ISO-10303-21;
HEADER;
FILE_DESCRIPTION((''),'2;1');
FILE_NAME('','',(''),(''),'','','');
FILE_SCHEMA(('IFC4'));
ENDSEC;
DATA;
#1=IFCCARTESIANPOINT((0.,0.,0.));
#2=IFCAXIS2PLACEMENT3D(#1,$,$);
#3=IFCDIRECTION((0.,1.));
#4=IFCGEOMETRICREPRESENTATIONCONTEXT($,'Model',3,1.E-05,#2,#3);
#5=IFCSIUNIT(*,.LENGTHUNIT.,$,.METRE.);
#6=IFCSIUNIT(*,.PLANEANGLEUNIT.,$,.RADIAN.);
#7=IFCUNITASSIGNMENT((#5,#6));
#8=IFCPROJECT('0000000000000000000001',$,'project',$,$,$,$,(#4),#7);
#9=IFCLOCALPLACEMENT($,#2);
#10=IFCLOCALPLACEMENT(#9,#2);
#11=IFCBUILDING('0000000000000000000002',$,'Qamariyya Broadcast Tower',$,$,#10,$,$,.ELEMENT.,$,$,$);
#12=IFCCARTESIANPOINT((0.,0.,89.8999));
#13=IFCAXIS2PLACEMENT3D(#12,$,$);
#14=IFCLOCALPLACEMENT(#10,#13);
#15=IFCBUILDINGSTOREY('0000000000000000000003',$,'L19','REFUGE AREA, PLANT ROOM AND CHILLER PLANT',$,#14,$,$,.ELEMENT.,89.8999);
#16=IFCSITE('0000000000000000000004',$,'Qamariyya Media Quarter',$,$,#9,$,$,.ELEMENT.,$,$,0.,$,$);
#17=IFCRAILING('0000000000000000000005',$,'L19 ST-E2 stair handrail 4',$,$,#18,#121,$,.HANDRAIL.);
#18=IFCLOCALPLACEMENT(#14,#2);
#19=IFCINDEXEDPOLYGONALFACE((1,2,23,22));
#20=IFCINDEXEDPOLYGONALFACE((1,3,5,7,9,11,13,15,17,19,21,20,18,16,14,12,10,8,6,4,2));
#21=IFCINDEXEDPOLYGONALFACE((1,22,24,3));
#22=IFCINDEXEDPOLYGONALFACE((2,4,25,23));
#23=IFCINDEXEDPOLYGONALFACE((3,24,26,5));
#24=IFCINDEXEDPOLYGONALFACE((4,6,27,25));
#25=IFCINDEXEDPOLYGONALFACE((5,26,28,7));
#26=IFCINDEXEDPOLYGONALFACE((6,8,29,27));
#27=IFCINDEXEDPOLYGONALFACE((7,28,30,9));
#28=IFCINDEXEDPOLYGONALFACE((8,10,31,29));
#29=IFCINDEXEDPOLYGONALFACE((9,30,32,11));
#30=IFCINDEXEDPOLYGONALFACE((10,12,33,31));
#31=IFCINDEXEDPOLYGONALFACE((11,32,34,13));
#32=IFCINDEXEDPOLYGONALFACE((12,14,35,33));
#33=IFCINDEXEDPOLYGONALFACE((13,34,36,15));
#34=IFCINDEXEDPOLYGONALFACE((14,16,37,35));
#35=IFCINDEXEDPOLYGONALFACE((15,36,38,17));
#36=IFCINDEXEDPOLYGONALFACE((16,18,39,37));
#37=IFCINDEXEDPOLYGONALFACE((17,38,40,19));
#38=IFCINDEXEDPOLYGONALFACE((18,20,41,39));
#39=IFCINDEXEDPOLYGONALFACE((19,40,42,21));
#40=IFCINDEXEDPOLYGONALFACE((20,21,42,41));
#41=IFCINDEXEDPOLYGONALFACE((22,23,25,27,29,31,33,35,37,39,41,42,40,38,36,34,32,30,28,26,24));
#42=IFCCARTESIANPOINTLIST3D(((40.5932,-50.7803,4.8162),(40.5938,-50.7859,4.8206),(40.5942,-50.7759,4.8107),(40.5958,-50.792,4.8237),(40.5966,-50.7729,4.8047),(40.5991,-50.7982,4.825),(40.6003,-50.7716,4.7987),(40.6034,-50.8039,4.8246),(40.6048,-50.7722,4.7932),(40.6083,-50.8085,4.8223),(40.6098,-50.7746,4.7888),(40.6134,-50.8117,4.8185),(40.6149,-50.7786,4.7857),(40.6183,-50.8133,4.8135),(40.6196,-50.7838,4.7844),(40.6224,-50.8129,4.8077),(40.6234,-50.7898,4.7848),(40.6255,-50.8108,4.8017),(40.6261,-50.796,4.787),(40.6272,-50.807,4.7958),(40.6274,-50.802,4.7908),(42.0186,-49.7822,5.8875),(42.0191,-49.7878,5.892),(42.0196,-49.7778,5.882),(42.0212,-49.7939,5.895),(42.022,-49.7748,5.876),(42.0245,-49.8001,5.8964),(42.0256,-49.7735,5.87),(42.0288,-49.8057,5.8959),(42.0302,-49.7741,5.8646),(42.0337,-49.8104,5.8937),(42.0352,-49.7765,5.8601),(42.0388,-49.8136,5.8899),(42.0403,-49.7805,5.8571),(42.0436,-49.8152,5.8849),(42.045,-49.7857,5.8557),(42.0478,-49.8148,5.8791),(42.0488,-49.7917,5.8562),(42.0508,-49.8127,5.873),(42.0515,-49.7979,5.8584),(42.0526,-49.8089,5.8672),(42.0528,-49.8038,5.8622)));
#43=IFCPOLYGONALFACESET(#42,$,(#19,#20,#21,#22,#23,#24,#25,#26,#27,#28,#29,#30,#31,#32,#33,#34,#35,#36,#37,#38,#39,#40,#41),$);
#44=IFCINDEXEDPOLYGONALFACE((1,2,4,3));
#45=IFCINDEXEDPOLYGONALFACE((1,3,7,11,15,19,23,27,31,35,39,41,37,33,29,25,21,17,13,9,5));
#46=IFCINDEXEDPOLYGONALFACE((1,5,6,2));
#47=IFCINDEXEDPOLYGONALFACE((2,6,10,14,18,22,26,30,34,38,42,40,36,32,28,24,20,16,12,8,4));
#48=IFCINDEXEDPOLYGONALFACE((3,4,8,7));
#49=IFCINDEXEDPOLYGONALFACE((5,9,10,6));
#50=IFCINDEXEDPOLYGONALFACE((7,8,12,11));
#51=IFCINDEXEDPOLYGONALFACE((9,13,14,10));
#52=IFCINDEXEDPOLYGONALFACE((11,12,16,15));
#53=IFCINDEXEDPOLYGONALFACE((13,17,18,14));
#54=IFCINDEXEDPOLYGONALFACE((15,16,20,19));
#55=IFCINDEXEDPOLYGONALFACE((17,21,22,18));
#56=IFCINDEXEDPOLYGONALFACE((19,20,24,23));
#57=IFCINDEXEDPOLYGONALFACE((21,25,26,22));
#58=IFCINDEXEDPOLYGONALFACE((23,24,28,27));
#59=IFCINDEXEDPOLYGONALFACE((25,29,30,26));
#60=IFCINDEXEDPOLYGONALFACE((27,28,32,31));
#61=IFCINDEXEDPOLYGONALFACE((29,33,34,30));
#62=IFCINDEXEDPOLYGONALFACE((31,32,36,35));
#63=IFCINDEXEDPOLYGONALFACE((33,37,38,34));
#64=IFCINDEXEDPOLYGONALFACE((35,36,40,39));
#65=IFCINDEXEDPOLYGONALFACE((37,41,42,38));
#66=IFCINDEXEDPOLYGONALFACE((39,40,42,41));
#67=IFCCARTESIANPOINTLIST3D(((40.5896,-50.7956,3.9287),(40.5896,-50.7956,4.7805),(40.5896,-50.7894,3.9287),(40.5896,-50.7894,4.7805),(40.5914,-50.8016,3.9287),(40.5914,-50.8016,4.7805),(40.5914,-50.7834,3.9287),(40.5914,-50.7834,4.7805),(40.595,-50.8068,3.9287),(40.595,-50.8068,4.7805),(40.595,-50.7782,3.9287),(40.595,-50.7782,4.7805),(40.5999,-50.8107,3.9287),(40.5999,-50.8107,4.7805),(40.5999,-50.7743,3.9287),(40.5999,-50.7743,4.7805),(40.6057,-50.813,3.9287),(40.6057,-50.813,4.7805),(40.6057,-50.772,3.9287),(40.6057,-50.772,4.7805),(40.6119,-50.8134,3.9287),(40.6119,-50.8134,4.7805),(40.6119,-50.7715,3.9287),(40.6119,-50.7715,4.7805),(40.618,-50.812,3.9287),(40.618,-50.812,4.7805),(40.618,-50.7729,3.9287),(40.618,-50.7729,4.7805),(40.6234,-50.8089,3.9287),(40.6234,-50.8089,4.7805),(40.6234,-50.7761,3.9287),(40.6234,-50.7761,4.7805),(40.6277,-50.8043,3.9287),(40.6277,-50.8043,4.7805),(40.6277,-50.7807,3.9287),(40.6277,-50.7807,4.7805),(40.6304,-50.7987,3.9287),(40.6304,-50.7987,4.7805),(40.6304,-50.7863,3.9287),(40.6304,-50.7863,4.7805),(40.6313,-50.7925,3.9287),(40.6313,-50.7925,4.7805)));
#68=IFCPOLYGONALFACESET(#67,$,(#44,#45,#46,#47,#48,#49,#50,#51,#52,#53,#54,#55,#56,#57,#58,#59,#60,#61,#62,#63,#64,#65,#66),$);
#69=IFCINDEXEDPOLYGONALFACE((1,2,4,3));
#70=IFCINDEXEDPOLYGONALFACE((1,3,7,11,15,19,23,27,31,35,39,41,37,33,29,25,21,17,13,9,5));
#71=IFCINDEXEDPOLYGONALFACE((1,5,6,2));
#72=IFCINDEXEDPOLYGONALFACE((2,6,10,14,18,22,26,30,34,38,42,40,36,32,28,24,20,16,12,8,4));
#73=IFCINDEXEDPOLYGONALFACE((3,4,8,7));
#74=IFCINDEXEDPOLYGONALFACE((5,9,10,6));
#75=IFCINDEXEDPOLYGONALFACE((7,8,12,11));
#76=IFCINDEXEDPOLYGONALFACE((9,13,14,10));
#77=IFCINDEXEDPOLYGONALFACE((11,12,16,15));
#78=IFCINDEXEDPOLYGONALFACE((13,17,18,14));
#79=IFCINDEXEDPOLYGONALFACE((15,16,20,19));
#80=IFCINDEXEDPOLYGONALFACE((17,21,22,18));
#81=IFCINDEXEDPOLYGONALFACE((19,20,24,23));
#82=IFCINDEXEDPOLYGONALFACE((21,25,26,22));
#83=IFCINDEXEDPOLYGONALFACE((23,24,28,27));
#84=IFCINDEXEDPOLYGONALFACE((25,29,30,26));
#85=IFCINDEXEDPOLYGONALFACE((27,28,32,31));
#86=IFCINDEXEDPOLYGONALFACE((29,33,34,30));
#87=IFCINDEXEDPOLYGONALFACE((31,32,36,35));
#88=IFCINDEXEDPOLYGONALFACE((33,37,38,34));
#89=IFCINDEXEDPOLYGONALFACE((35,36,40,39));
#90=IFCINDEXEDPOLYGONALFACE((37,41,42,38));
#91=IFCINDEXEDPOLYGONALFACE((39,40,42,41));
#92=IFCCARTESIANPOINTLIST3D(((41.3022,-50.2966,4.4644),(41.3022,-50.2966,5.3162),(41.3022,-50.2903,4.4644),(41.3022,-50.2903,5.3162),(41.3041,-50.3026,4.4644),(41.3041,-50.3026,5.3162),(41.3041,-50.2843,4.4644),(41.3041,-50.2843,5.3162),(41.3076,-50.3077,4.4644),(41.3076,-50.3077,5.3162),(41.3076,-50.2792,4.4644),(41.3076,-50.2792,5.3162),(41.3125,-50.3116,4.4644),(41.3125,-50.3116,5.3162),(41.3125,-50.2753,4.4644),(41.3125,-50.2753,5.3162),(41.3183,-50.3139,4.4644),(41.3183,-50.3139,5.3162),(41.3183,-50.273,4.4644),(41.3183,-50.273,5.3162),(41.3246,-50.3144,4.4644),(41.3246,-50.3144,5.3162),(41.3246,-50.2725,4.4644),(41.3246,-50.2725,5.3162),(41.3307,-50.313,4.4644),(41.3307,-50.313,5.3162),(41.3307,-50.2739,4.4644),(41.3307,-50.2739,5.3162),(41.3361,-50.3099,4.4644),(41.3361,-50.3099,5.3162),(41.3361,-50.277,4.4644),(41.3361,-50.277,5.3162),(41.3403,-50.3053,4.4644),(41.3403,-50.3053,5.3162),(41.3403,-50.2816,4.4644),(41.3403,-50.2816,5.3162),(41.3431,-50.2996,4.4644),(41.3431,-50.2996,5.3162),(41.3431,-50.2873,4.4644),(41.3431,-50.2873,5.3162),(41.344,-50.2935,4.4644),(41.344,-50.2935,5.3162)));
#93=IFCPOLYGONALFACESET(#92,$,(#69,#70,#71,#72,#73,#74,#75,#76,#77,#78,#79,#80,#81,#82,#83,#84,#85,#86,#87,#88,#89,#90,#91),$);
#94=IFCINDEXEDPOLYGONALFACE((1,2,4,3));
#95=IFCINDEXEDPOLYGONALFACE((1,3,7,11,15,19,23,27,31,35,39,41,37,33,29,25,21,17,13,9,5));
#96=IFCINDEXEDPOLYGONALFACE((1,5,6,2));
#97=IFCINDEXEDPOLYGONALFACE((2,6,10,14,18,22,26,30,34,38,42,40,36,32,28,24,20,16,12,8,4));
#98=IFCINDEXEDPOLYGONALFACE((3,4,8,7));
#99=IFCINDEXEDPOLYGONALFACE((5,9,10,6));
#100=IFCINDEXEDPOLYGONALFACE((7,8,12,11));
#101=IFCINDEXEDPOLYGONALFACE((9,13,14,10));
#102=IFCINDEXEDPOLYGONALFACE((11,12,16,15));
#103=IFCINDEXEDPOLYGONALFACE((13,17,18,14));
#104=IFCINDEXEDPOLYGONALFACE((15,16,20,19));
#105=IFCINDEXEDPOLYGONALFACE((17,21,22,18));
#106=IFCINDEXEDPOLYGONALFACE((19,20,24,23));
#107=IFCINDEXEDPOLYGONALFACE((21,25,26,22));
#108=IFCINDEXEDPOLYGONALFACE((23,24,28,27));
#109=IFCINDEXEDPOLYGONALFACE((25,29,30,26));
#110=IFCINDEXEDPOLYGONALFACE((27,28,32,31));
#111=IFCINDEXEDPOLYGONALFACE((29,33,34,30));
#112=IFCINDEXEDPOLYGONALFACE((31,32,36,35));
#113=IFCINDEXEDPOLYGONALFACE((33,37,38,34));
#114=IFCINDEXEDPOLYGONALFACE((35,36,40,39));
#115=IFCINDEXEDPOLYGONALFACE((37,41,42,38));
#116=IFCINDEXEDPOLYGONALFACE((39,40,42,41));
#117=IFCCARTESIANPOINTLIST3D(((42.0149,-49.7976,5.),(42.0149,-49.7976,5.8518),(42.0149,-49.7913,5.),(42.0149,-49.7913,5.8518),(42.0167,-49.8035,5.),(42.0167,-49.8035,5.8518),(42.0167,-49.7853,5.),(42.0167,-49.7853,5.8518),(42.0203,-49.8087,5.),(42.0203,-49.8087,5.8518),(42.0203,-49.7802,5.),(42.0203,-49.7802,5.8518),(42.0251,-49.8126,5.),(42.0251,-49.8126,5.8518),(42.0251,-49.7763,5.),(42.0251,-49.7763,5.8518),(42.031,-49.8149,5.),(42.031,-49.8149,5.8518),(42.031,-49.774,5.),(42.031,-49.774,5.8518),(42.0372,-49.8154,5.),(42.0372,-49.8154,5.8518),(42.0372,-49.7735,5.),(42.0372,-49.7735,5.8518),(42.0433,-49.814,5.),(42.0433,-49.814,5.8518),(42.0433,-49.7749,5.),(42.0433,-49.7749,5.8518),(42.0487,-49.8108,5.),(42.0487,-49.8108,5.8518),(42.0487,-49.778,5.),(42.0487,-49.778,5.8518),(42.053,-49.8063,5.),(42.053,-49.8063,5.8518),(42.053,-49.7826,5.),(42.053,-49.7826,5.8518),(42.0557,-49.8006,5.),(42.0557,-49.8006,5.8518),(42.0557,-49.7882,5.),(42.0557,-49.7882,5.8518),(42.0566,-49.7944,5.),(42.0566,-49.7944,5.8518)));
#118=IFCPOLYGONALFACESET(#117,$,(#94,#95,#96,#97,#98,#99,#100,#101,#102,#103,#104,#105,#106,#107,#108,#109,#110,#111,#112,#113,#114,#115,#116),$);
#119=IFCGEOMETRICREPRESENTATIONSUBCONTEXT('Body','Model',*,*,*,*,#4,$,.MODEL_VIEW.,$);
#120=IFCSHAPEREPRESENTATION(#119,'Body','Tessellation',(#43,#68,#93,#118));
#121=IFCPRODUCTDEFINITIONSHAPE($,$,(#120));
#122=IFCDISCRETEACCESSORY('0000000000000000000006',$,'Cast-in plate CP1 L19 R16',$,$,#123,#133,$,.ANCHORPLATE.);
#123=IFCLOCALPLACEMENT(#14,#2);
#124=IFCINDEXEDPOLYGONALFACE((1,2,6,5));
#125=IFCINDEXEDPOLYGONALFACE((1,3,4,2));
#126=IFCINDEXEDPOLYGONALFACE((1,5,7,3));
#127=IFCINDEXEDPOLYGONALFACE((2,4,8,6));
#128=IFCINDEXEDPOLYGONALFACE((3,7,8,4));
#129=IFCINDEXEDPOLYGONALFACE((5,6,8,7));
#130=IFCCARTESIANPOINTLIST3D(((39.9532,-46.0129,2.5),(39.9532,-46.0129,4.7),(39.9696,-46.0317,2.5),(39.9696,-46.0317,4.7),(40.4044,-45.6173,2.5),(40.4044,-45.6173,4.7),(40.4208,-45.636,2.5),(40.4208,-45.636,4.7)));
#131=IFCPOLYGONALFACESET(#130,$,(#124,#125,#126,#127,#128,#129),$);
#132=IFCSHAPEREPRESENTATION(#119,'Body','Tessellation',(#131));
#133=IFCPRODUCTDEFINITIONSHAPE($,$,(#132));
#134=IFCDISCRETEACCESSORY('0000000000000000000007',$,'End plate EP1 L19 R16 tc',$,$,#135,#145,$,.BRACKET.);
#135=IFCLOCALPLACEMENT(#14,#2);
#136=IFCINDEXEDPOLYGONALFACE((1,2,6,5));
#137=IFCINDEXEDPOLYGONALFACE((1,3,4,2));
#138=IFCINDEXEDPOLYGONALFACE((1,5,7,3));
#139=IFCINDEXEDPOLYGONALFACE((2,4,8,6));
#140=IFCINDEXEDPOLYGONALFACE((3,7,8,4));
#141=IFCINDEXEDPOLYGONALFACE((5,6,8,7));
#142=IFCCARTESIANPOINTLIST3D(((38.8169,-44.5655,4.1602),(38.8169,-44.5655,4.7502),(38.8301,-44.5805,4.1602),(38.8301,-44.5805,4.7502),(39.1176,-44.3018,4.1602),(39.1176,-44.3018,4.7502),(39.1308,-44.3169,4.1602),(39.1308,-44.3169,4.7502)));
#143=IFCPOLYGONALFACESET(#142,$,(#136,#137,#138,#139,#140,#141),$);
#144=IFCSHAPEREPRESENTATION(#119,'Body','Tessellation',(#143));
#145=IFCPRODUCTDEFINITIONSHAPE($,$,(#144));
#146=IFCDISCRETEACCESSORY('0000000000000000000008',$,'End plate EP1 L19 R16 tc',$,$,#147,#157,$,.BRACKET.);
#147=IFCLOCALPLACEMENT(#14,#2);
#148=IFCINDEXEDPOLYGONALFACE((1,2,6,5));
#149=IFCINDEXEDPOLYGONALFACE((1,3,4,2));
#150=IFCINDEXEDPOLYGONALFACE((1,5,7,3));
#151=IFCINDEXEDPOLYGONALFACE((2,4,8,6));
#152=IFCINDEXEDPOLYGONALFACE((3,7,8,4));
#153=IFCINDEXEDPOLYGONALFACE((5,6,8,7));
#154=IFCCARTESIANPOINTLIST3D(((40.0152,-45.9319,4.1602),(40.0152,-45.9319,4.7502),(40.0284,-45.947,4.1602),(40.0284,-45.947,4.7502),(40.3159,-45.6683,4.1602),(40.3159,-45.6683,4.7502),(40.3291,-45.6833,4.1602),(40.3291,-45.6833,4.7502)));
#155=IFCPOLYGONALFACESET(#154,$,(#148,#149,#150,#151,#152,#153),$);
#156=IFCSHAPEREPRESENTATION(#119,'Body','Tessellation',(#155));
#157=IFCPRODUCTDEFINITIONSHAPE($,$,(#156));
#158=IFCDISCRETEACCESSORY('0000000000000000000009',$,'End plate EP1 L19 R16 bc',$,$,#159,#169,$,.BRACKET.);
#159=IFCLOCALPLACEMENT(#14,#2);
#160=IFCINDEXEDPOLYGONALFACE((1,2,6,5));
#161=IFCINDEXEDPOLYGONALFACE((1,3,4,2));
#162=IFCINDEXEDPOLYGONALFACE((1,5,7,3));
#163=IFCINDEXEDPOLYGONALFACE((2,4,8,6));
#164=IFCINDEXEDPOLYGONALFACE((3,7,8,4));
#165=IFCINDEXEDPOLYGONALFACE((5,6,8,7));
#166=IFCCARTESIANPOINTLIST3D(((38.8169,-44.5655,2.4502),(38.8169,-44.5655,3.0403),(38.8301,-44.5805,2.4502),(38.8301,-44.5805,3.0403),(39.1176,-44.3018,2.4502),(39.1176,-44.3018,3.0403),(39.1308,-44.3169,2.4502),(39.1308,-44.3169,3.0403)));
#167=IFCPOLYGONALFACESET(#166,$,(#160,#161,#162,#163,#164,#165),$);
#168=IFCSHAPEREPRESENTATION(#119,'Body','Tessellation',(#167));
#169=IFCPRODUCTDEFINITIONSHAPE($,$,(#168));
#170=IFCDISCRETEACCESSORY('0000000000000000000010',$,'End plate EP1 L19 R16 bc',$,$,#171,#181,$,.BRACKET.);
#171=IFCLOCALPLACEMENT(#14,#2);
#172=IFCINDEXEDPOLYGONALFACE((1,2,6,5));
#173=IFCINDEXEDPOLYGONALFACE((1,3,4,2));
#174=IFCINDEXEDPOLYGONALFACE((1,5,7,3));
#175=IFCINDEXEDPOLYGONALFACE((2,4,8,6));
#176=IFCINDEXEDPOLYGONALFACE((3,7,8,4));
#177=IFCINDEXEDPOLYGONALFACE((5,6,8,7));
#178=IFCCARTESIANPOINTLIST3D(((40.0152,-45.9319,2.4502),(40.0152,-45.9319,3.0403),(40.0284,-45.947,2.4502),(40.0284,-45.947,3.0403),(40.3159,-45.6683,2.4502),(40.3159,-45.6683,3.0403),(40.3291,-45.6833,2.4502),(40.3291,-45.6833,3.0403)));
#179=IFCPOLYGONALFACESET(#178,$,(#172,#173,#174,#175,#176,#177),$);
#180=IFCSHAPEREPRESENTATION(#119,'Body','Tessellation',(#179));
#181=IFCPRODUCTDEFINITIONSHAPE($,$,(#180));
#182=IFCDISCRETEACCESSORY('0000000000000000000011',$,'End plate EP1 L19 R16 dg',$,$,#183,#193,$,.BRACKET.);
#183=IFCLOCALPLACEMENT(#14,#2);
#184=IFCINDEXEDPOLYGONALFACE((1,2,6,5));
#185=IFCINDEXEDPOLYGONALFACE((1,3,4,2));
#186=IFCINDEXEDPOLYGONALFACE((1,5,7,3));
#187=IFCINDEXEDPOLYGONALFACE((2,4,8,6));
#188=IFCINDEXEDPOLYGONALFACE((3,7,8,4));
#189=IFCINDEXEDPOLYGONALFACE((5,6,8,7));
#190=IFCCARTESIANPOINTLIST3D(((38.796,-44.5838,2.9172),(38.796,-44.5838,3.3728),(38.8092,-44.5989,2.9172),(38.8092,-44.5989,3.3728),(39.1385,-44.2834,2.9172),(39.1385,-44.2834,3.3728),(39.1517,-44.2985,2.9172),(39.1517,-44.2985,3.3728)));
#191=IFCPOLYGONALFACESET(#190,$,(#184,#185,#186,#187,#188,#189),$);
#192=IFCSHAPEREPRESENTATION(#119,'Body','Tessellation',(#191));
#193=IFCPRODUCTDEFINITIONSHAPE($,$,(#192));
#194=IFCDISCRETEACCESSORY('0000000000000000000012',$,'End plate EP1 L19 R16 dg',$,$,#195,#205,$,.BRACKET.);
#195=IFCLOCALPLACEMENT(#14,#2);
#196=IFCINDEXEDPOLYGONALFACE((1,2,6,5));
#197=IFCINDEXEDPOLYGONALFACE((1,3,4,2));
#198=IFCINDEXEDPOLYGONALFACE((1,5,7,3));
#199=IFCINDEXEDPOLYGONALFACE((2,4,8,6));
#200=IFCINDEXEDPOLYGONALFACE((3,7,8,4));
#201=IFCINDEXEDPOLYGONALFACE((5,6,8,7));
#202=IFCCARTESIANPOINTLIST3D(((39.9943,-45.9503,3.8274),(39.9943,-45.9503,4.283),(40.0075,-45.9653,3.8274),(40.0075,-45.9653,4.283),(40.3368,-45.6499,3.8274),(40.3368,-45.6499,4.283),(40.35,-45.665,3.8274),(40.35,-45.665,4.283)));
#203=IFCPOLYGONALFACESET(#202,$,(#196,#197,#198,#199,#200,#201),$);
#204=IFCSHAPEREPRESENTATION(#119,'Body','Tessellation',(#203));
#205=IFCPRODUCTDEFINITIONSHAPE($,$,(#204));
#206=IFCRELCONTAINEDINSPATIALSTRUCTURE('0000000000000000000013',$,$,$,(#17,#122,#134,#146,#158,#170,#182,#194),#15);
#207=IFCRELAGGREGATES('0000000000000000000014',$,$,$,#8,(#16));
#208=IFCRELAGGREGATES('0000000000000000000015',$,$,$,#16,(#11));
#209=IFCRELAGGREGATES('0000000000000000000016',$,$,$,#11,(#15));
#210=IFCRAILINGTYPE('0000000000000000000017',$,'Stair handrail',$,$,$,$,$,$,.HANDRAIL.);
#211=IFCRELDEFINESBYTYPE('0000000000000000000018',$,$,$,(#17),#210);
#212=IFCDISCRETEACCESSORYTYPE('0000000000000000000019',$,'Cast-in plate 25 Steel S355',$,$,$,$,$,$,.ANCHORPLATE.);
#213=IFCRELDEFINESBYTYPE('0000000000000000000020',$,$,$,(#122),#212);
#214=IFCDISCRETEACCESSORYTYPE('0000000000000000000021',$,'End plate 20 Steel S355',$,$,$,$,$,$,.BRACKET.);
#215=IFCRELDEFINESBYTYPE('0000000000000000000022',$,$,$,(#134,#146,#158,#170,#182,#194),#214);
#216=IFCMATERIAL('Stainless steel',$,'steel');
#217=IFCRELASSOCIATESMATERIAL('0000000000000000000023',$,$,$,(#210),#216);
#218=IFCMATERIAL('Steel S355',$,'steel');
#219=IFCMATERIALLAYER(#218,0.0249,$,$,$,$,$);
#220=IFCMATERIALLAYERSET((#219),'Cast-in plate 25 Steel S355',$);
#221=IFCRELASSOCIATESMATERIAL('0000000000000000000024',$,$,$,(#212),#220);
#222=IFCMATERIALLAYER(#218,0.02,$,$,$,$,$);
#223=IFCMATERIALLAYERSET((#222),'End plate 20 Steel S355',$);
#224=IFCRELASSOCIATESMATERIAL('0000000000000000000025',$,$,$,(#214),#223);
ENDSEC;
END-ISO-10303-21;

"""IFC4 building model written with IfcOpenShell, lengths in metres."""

from ifc_helpers import new_model, si_unit, direction, frame, origin, origin_2d, place, context, subcontext, project, spatial, rectangle, circle, extrude, material, layer, layer_set, type_object, element, save


model = new_model("IFC4")

# Units and contexts
model_context = context("Model", 3, precision=1e-05, world=origin(), true_north=direction((0.0, 1.0)))
body_context = subcontext(model_context, "Body", "Model", "MODEL_VIEW")
ifc_project = project(units=[si_unit("LENGTHUNIT", "METRE"), si_unit("PLANEANGLEUNIT", "RADIAN")], contexts=[model_context])

# Site, building, storey
site_placement = place(None, origin())
site = spatial("IfcSite", under=ifc_project, at=site_placement, Name="Qamariyya Media Quarter", CompositionType="ELEMENT", RefElevation=0.0)
building_placement = place(site_placement, origin())
building = spatial("IfcBuilding", under=site, at=building_placement, Name="Qamariyya Broadcast Tower", CompositionType="ELEMENT")
storey_placement = place(building_placement, frame((0.0, 0.0, 89.8999)))
storey = spatial("IfcBuildingStorey", under=building, at=storey_placement, Name="L19", Description="REFUGE AREA, PLANT ROOM AND CHILLER PLANT", CompositionType="ELEMENT", Elevation=89.8999)

# Shared definitions
ifc_material_1 = material(Name="Steel S355", Category="steel")

# Railing
ifc_material_2 = material(Name="Stainless steel", Category="steel")
railing_type_1 = type_object("IfcRailingType", Name="Stair handrail", PredefinedType="HANDRAIL", material=ifc_material_2)
railing_1_placement = place(storey_placement, frame((40.6104, -50.7925, 3.9287)))
element("IfcRailing", 1, at=railing_1_placement, inside=storey, type_object=railing_type_1, Name="L19 ST-E2 stair handrail 4", PredefinedType="HANDRAIL", context=body_context, shape_type="SweptSolid", body=[
    extrude(circle(Radius=0.0239, at=origin_2d()), frame((0.0, 0.0, 0.876), z_axis=(0.697533, 0.48844, 0.524285), x_axis=(-0.573594, 0.81914, 0.0)), (0.0, 0.0, 1.0), 2.0435),
    extrude(circle(Radius=0.021, at=origin_2d()), origin(), (0.0, 0.0, 1.0), 0.8518),
    extrude(circle(Radius=0.021, at=origin_2d()), frame((0.7126, 0.499, 0.5356)), (0.0, 0.0, 1.0), 0.8518),
    extrude(circle(Radius=0.021, at=origin_2d()), frame((1.4253, 0.998, 1.0713)), (0.0, 0.0, 1.0), 0.8518),
])

# Discrete accessories
ifc_layer_1 = layer(ifc_material_1, 0.0249)
ifc_layer_set_1 = layer_set([ifc_layer_1], Name="Cast-in plate 25 Steel S355")
discrete_accessory_type_1 = type_object("IfcDiscreteAccessoryType", Name="Cast-in plate 25 Steel S355", PredefinedType="ANCHORPLATE", material=ifc_layer_set_1)
discrete_accessory_placement = place(storey_placement, frame((40.187, -45.8245, 2.5), z_axis=(0.0, 0.0, 1.0), x_axis=(-0.75184, -0.659346, 0.0)))
element("IfcDiscreteAccessory", 2, at=discrete_accessory_placement, inside=storey, type_object=discrete_accessory_type_1, Name="Cast-in plate CP1 L19 R16", PredefinedType="ANCHORPLATE", context=body_context, shape_type="SweptSolid", body=[
    extrude(rectangle(XDim=0.6001, YDim=0.0249, at=origin_2d()), origin(), (0.0, 0.0, 1.0), 2.2),
])
ifc_layer_2 = layer(ifc_material_1, 0.02)
ifc_layer_set_2 = layer_set([ifc_layer_2], Name="End plate 20 Steel S355")
discrete_accessory_type_2 = type_object("IfcDiscreteAccessoryType", Name="End plate 20 Steel S355", PredefinedType="BRACKET", material=ifc_layer_set_2)
for number, where, z_axis, x_axis, name in (
    (3, (38.9739, -44.4412, 4.1602), (0.0, 0.0, 1.0), (-0.75184, -0.659346, 0.0), "End plate EP1 L19 R16 tc"),
    (4, (40.1721, -45.8076, 4.1602), (0.0, 0.0, 1.0), (-0.75184, -0.659346, 0.0), "End plate EP1 L19 R16 tc"),
    (5, (38.9739, -44.4412, 2.4502), (0.0, 0.0, 1.0), (-0.75184, -0.659346, 0.0), "End plate EP1 L19 R16 bc"),
    (6, (40.1721, -45.8076, 2.4502), (0.0, 0.0, 1.0), (-0.75184, -0.659346, 0.0), "End plate EP1 L19 R16 bc"),
):
    element("IfcDiscreteAccessory", number, at=place(storey_placement, frame(where, z_axis=z_axis, x_axis=x_axis)), inside=storey, type_object=discrete_accessory_type_2, Name=name, PredefinedType="BRACKET", context=body_context, shape_type="SweptSolid", body=[
        extrude(rectangle(XDim=0.3999, YDim=0.02, at=origin_2d()), origin(), (0.0, 0.0, 1.0), 0.5901),
    ])
for number, where, z_axis, x_axis, name in (
    (7, (38.9739, -44.4412, 2.9172), (0.0, 0.0, 1.0), (-0.75184, -0.659346, 0.0), "End plate EP1 L19 R16 dg"),
    (8, (40.1721, -45.8076, 3.8274), (0.0, 0.0, 1.0), (-0.75184, -0.659346, 0.0), "End plate EP1 L19 R16 dg"),
):
    element("IfcDiscreteAccessory", number, at=place(storey_placement, frame(where, z_axis=z_axis, x_axis=x_axis)), inside=storey, type_object=discrete_accessory_type_2, Name=name, PredefinedType="BRACKET", context=body_context, shape_type="SweptSolid", body=[
        extrude(rectangle(XDim=0.4556, YDim=0.02, at=origin_2d()), origin(), (0.0, 0.0, 1.0), 0.4556),
    ])

save(model, "model.ifc")
